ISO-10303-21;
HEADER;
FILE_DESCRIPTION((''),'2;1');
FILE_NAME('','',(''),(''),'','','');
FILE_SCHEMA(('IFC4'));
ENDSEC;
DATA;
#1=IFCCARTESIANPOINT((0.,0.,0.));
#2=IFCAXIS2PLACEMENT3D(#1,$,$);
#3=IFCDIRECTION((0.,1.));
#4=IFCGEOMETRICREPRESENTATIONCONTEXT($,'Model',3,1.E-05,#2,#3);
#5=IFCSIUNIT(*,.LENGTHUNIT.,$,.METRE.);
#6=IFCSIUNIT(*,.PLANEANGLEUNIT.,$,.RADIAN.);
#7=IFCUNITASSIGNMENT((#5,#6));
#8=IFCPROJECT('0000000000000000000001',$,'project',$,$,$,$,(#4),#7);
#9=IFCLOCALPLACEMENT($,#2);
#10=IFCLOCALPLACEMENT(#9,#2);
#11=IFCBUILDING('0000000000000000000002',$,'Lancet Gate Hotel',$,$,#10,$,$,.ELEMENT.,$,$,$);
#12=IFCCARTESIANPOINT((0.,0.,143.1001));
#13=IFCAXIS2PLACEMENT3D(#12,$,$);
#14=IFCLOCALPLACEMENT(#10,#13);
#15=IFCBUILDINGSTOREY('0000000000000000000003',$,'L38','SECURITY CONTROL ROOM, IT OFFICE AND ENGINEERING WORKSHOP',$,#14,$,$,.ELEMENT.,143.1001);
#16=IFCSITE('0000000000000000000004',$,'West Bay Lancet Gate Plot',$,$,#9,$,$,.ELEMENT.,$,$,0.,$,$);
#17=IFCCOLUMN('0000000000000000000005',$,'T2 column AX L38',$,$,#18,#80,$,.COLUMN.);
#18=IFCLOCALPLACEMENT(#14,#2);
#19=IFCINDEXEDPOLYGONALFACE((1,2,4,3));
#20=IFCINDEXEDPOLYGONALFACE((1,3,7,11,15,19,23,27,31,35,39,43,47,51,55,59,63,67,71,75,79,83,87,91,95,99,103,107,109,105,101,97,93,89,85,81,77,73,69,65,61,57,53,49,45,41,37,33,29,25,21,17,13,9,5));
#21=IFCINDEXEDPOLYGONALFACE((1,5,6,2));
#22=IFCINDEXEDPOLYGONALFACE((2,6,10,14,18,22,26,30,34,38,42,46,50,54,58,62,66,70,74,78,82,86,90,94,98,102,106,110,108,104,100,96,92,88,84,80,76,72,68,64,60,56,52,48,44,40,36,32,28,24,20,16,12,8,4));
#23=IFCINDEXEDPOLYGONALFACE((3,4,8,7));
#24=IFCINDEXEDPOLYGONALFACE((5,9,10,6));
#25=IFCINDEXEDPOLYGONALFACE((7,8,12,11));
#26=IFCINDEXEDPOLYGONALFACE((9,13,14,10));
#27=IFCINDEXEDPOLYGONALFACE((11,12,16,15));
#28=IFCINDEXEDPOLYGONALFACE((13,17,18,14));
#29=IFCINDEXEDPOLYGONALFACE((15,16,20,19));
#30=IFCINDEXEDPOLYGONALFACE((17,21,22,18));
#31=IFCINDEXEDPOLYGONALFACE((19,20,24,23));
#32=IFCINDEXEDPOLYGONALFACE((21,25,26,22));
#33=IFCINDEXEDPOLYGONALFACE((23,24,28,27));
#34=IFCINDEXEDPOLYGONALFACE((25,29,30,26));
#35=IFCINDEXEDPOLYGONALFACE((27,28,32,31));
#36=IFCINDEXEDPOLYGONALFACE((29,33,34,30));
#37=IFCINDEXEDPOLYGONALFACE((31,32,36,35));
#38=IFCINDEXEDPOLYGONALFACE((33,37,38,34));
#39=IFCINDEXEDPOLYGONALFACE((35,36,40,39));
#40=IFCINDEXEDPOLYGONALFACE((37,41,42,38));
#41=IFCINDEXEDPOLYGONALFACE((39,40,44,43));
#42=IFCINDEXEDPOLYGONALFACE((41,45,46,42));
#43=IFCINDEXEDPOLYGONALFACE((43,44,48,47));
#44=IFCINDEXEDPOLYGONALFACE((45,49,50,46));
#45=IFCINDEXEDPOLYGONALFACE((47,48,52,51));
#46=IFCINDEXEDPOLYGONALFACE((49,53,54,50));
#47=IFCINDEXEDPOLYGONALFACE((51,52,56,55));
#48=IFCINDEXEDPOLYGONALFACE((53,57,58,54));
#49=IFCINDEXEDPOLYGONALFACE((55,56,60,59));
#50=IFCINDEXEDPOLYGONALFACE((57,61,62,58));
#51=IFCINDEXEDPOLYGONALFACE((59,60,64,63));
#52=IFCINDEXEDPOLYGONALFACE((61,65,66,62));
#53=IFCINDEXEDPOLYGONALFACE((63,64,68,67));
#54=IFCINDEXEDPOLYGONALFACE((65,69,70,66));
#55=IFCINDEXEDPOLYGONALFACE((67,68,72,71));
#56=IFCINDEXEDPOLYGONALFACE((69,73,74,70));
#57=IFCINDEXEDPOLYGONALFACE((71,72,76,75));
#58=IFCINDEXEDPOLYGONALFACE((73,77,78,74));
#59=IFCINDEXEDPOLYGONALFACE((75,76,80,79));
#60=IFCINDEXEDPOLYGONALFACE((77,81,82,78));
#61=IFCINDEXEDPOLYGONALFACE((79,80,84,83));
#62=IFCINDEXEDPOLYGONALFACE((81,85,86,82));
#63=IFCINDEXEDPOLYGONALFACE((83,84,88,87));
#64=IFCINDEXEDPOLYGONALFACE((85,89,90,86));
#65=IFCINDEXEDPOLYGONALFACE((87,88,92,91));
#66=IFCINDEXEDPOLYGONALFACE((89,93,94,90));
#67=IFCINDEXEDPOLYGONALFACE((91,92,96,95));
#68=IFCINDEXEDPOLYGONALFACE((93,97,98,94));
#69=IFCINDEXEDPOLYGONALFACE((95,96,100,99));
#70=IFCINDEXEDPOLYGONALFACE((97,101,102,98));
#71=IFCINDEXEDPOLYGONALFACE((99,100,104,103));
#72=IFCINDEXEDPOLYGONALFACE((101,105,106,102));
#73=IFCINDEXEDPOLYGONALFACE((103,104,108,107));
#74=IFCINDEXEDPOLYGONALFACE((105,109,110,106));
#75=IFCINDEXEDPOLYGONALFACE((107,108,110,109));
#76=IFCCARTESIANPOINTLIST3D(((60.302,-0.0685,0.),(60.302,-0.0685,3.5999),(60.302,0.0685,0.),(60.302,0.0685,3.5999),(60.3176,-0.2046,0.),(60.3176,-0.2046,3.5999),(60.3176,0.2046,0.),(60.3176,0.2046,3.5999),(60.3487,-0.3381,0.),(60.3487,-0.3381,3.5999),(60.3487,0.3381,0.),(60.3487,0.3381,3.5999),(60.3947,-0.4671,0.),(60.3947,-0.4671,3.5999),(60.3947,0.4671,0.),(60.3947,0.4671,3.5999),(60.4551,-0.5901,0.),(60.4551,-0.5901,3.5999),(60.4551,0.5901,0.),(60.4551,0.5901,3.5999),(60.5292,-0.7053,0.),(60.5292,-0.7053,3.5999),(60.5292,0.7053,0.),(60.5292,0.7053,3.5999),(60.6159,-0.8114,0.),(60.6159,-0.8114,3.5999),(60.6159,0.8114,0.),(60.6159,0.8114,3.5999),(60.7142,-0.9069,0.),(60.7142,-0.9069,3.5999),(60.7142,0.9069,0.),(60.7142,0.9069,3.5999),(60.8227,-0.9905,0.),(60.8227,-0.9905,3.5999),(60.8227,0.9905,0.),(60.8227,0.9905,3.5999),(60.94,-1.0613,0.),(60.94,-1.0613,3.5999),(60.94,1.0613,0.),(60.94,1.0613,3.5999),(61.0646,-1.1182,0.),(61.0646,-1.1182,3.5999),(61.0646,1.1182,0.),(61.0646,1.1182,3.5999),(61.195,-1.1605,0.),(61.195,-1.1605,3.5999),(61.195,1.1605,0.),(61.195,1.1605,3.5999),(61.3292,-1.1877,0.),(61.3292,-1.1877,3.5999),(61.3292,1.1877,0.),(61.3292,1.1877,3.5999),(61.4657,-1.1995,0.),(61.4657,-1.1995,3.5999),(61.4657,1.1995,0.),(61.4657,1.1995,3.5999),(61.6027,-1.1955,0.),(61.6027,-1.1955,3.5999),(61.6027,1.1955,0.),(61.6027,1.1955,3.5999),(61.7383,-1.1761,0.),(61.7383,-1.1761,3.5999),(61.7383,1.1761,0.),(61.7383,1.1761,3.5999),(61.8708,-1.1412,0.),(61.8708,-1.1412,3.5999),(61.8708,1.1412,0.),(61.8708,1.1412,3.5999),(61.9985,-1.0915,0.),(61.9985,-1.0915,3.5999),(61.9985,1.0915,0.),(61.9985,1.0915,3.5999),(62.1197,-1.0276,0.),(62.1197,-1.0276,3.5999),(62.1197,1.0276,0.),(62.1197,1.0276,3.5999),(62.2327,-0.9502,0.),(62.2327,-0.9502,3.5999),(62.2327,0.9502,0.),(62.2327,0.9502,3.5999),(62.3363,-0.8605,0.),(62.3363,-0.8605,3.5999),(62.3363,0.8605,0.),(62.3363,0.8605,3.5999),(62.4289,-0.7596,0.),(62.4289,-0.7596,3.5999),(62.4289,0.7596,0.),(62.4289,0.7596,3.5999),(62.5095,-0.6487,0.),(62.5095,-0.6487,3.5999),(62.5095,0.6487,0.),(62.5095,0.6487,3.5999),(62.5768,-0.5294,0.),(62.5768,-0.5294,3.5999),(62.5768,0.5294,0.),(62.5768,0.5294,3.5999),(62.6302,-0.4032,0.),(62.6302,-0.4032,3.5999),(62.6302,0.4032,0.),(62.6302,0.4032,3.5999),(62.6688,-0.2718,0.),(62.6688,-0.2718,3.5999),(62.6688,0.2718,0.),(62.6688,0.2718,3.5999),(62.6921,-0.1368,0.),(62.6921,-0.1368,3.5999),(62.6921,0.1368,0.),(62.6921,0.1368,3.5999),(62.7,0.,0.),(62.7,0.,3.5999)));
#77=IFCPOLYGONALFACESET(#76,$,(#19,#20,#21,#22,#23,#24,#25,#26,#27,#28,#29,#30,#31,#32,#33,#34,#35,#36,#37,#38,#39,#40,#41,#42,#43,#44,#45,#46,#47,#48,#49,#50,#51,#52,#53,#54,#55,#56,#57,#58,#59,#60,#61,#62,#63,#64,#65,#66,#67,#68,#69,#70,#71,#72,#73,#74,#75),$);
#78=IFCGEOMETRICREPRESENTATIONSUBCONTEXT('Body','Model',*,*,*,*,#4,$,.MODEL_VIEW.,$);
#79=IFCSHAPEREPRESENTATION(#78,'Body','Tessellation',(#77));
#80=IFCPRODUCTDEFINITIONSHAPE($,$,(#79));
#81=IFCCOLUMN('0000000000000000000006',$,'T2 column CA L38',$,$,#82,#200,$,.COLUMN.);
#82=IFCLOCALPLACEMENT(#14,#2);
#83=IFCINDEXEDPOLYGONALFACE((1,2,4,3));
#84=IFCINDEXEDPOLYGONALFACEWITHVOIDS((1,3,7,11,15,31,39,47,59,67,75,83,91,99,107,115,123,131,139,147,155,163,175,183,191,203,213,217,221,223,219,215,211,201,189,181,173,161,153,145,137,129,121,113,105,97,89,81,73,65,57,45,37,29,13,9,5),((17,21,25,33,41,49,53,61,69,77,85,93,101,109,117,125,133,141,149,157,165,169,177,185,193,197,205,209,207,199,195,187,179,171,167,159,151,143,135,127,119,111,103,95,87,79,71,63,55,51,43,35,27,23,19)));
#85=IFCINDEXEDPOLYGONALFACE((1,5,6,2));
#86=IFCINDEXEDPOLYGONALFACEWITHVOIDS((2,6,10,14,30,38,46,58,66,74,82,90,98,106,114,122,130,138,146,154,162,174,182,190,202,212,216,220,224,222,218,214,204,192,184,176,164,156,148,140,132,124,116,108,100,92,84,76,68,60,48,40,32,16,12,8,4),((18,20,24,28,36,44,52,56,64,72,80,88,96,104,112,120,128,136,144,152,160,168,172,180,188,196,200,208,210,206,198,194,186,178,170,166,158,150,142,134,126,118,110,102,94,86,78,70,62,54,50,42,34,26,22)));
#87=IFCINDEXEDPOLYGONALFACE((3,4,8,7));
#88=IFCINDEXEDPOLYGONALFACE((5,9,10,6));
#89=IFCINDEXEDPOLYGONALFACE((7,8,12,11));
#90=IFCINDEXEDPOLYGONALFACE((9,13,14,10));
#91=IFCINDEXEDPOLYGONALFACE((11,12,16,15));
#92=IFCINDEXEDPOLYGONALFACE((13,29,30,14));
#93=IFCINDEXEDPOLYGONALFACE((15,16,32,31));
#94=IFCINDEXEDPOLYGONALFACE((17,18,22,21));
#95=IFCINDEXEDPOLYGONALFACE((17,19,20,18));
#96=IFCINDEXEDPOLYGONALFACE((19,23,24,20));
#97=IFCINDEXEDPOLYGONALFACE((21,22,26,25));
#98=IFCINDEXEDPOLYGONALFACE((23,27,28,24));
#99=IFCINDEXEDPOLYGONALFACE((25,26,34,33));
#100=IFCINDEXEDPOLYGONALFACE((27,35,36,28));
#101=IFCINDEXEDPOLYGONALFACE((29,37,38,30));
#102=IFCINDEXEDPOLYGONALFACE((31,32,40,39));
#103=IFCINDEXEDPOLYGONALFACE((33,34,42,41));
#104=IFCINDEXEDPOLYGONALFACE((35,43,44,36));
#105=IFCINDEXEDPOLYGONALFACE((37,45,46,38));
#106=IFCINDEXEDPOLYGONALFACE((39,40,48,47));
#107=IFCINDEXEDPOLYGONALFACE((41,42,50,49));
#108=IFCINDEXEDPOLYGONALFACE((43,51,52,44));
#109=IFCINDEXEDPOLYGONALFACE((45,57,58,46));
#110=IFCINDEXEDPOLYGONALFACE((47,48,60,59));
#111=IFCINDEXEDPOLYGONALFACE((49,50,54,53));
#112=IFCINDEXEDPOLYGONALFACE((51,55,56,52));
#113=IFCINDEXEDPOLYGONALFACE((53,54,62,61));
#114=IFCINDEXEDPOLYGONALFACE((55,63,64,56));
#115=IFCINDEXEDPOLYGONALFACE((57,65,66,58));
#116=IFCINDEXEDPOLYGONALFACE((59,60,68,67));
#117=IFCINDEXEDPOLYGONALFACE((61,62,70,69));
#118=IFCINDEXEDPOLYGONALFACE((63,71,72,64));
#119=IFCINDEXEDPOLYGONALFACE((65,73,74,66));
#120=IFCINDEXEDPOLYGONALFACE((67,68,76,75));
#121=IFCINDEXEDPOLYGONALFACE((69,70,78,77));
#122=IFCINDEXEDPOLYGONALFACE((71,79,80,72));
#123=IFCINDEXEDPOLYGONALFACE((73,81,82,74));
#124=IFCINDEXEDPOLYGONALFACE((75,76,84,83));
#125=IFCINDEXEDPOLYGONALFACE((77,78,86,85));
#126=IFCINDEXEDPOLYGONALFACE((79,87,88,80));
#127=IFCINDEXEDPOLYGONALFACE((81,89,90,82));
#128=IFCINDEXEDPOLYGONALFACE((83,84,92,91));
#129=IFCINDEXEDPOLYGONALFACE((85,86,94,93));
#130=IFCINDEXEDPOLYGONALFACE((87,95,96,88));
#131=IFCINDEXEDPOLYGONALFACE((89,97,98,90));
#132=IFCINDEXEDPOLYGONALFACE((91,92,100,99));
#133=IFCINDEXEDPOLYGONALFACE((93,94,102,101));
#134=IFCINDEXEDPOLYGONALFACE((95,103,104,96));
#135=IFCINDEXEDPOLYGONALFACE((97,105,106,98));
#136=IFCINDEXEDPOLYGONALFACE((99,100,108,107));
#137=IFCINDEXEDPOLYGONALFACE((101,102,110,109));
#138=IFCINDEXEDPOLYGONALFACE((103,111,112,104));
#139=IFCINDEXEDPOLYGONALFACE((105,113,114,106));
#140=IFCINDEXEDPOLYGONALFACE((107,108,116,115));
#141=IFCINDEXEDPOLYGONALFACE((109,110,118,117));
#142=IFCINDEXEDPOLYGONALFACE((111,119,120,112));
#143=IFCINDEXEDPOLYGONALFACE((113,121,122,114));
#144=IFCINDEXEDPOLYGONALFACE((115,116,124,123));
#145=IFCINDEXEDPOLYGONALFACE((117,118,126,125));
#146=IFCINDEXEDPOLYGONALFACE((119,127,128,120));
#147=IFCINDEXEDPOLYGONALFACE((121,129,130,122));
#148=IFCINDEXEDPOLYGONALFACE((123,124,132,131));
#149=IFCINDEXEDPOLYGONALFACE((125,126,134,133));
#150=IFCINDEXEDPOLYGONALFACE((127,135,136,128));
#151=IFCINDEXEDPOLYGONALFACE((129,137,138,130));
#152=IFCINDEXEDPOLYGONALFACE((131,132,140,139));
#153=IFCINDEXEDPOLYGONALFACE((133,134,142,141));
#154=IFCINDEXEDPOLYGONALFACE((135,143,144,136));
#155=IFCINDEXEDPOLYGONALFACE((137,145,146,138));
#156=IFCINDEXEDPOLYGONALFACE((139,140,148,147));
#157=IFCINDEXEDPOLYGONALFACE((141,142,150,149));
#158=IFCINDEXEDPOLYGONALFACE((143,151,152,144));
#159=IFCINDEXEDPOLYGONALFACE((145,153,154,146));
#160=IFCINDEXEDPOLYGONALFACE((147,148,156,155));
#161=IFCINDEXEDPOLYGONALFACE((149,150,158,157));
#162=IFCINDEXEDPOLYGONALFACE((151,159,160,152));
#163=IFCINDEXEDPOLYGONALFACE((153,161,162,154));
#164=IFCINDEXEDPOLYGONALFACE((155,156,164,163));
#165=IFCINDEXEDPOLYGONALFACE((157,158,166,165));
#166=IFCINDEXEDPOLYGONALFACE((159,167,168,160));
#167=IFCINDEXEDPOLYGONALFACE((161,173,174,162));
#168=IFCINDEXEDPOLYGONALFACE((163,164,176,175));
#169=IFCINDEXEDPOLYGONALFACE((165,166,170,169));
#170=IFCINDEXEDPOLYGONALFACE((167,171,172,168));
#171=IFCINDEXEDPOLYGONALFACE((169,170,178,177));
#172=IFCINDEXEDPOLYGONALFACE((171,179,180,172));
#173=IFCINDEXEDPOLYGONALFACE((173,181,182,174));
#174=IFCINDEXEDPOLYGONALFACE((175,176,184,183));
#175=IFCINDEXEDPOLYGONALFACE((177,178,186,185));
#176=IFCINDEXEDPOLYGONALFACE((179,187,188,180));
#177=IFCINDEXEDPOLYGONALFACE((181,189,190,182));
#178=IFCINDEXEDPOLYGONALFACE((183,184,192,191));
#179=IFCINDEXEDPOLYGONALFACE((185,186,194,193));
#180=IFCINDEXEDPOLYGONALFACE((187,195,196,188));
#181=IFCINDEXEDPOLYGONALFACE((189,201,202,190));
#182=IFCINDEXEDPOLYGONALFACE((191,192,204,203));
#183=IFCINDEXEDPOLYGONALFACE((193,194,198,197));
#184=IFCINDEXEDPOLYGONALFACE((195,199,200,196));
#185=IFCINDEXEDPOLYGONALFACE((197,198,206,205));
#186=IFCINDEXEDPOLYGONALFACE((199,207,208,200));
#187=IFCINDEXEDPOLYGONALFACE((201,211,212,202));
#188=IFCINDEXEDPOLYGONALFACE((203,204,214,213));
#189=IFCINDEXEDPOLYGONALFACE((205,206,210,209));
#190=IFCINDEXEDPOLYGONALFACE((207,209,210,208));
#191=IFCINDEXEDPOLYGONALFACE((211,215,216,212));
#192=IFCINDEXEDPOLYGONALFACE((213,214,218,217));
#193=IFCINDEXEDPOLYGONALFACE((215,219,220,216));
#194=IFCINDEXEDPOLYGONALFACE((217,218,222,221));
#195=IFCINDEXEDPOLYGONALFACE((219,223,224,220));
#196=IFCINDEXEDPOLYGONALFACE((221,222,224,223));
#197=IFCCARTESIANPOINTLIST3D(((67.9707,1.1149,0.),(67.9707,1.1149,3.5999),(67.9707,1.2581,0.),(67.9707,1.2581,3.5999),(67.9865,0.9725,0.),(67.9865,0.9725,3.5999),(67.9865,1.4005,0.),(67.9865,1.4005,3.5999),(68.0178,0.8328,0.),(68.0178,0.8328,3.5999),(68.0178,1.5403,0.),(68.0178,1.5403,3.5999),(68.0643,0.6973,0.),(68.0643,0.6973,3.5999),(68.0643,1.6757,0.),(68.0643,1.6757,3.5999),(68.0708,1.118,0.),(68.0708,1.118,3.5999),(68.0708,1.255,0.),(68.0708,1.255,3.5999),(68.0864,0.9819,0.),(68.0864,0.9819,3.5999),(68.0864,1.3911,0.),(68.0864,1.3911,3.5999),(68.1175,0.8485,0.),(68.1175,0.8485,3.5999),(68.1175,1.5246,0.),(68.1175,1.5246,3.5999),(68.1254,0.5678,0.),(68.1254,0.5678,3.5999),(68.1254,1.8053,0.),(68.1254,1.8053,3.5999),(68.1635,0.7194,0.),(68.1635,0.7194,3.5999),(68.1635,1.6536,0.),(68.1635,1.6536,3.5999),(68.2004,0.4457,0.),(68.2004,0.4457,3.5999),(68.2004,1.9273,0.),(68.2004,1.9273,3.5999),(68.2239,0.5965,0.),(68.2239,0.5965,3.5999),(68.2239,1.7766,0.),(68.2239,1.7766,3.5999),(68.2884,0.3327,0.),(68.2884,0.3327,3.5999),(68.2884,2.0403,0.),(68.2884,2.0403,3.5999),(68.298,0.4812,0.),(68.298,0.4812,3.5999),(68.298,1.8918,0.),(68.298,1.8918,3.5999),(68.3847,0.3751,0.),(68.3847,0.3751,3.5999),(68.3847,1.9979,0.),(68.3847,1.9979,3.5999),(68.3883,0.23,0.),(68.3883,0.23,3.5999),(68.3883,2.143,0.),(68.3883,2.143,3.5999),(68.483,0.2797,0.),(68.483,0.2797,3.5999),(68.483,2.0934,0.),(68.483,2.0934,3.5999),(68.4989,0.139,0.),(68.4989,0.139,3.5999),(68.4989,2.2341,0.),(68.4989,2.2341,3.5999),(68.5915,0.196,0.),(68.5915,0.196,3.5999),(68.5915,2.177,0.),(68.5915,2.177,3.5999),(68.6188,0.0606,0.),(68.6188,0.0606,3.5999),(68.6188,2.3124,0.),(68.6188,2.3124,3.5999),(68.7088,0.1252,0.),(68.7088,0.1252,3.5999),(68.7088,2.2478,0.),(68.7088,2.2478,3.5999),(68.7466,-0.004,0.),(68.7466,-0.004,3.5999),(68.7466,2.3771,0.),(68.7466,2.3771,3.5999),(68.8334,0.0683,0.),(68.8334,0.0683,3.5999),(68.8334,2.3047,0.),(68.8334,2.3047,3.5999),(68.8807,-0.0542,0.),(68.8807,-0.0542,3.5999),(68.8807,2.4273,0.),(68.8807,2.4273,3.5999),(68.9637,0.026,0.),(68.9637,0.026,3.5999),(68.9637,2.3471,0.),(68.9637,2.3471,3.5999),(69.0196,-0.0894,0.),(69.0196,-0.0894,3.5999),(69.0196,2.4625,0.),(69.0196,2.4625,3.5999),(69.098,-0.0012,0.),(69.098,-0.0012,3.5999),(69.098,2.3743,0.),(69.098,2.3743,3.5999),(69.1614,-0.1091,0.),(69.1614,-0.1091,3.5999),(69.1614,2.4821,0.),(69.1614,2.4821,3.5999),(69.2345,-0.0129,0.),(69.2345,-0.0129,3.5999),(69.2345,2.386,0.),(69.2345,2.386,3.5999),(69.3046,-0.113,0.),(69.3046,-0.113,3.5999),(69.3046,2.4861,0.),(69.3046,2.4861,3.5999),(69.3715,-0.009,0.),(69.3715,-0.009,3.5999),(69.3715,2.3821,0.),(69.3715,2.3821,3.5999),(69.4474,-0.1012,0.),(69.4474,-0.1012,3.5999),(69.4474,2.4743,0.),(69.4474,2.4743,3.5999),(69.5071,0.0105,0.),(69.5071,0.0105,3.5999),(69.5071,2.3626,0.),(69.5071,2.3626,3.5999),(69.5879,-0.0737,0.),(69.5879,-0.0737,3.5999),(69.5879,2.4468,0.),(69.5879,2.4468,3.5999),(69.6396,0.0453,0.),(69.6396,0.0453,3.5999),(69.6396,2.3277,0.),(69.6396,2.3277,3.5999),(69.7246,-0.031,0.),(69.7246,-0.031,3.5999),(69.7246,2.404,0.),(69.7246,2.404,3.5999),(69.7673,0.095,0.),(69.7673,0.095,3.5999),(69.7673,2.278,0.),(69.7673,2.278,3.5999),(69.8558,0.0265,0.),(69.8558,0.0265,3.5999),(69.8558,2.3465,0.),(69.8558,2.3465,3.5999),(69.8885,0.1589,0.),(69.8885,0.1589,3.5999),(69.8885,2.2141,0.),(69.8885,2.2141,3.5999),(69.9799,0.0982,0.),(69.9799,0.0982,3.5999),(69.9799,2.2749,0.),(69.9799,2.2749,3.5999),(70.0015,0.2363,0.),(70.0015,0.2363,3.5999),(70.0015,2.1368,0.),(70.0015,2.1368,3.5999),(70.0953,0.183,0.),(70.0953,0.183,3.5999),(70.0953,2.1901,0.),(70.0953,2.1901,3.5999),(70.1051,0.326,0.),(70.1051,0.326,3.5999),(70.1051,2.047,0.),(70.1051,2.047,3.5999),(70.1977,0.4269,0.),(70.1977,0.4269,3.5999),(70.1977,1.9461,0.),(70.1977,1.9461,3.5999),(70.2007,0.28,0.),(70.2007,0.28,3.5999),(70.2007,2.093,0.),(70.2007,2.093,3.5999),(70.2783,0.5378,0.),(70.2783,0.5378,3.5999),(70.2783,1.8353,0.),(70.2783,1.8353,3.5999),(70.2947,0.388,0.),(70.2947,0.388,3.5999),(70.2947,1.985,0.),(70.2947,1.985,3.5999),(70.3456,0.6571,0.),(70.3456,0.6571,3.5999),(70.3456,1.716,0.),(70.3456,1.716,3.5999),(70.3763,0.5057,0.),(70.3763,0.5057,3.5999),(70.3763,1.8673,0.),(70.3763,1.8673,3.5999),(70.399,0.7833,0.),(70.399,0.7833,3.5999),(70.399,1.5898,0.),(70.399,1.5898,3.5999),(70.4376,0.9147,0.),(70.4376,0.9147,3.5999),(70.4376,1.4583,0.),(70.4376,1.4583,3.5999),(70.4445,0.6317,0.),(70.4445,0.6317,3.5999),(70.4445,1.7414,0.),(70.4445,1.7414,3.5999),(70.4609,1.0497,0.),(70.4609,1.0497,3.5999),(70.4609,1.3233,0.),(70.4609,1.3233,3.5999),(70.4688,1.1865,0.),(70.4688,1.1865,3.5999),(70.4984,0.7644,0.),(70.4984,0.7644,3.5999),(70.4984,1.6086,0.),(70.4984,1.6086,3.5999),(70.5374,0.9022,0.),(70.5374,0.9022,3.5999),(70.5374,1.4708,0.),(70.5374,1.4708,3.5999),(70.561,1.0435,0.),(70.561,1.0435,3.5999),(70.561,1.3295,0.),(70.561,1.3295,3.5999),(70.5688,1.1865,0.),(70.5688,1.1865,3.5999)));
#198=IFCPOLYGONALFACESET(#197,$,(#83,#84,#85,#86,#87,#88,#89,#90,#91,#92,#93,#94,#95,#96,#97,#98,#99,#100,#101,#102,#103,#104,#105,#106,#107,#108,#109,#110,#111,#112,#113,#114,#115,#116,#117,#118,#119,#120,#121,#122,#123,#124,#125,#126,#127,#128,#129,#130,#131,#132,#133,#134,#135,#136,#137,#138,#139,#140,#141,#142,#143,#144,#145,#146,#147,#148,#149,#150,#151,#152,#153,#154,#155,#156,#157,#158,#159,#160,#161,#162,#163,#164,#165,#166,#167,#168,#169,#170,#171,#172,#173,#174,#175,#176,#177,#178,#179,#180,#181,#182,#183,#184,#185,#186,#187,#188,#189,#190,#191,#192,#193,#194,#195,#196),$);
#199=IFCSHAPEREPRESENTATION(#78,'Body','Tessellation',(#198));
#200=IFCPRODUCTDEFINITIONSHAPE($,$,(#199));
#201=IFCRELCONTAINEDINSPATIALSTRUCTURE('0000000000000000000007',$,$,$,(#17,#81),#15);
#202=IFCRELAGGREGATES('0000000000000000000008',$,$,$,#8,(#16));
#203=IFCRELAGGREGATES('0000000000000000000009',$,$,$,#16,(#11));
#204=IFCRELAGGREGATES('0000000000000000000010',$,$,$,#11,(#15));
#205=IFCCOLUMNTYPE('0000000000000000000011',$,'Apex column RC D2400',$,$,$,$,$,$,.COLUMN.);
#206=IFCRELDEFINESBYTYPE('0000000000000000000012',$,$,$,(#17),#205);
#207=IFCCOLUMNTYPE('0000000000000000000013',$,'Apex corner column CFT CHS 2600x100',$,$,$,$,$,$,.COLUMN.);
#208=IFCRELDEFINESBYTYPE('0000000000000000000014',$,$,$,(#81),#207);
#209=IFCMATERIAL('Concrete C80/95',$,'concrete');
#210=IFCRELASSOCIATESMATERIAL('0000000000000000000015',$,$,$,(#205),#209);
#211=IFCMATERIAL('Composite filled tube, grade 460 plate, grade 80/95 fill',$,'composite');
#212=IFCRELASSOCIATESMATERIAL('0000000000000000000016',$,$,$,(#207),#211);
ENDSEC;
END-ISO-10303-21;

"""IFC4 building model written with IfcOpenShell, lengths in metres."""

from ifc_helpers import new_model, si_unit, direction, frame, origin, origin_2d, place, context, subcontext, project, spatial, circle, hollow_circle, extrude, material, material_profile, profile_set, type_object, element, save


model = new_model("IFC4")

# Units and contexts
model_context = context("Model", 3, precision=1e-05, world=origin(), true_north=direction((0.0, 1.0)))
body_context = subcontext(model_context, "Body", "Model", "MODEL_VIEW")
ifc_project = project(units=[si_unit("LENGTHUNIT", "METRE"), si_unit("PLANEANGLEUNIT", "RADIAN")], contexts=[model_context])

# Site, building, storey
site_placement = place(None, origin())
site = spatial("IfcSite", under=ifc_project, at=site_placement, Name="West Bay Lancet Gate Plot", CompositionType="ELEMENT", RefElevation=0.0)
building_placement = place(site_placement, origin())
building = spatial("IfcBuilding", under=site, at=building_placement, Name="Lancet Gate Hotel", CompositionType="ELEMENT")
storey_placement = place(building_placement, frame((0.0, 0.0, 143.1001)))
storey = spatial("IfcBuildingStorey", under=building, at=storey_placement, Name="L38", Description="SECURITY CONTROL ROOM, IT OFFICE AND ENGINEERING WORKSHOP", CompositionType="ELEMENT", Elevation=143.1001)

# Columns
ifc_material_1 = material(Name="Concrete C80/95", Category="concrete")
ifc_material_profile_1 = material_profile(ifc_material_1, circle(Radius=1.2, at=origin_2d()), Name="RC D2400")
ifc_profile_set_1 = profile_set([ifc_material_profile_1], Name="Concrete C80/95")
column_type_1 = type_object("IfcColumnType", Name="Apex column RC D2400", PredefinedType="COLUMN", material=ifc_profile_set_1)
column_1_placement = place(storey_placement, frame((61.5, 0.0, 0.0), z_axis=(0.0, 0.0, 1.0), x_axis=(1.0, 0.0, 0.0)))
element("IfcColumn", 1, at=column_1_placement, inside=storey, type_object=column_type_1, Name="T2 column AX L38", PredefinedType="COLUMN", context=body_context, shape_type="SweptSolid", body=[
    extrude(circle(Radius=1.2, at=origin_2d()), origin(), (0.0, 0.0, 1.0), 3.5999),
])
ifc_material_2 = material(Name="Composite filled tube, grade 460 plate, grade 80/95 fill", Category="composite")
ifc_material_profile_2 = material_profile(ifc_material_2, hollow_circle(Radius=1.3, WallThickness=0.1001, at=origin_2d()), Name="CHS 2600x100")
ifc_profile_set_2 = profile_set([ifc_material_profile_2], Name="Composite filled tube, grade 460 plate, grade 80/95 fill")
column_type_2 = type_object("IfcColumnType", Name="Apex corner column CFT CHS 2600x100", PredefinedType="COLUMN", material=ifc_profile_set_2)
column_2_placement = place(storey_placement, frame((69.2688, 1.1865, 0.0), z_axis=(0.0, 0.0, 1.0), x_axis=(1.0, 0.0, 0.0)))
element("IfcColumn", 2, at=column_2_placement, inside=storey, type_object=column_type_2, Name="T2 column CA L38", PredefinedType="COLUMN", context=body_context, shape_type="SweptSolid", body=[
    extrude(hollow_circle(Radius=1.3, WallThickness=0.1001, at=origin_2d()), origin(), (0.0, 0.0, 1.0), 3.5999),
])

save(model, "model.ifc")
